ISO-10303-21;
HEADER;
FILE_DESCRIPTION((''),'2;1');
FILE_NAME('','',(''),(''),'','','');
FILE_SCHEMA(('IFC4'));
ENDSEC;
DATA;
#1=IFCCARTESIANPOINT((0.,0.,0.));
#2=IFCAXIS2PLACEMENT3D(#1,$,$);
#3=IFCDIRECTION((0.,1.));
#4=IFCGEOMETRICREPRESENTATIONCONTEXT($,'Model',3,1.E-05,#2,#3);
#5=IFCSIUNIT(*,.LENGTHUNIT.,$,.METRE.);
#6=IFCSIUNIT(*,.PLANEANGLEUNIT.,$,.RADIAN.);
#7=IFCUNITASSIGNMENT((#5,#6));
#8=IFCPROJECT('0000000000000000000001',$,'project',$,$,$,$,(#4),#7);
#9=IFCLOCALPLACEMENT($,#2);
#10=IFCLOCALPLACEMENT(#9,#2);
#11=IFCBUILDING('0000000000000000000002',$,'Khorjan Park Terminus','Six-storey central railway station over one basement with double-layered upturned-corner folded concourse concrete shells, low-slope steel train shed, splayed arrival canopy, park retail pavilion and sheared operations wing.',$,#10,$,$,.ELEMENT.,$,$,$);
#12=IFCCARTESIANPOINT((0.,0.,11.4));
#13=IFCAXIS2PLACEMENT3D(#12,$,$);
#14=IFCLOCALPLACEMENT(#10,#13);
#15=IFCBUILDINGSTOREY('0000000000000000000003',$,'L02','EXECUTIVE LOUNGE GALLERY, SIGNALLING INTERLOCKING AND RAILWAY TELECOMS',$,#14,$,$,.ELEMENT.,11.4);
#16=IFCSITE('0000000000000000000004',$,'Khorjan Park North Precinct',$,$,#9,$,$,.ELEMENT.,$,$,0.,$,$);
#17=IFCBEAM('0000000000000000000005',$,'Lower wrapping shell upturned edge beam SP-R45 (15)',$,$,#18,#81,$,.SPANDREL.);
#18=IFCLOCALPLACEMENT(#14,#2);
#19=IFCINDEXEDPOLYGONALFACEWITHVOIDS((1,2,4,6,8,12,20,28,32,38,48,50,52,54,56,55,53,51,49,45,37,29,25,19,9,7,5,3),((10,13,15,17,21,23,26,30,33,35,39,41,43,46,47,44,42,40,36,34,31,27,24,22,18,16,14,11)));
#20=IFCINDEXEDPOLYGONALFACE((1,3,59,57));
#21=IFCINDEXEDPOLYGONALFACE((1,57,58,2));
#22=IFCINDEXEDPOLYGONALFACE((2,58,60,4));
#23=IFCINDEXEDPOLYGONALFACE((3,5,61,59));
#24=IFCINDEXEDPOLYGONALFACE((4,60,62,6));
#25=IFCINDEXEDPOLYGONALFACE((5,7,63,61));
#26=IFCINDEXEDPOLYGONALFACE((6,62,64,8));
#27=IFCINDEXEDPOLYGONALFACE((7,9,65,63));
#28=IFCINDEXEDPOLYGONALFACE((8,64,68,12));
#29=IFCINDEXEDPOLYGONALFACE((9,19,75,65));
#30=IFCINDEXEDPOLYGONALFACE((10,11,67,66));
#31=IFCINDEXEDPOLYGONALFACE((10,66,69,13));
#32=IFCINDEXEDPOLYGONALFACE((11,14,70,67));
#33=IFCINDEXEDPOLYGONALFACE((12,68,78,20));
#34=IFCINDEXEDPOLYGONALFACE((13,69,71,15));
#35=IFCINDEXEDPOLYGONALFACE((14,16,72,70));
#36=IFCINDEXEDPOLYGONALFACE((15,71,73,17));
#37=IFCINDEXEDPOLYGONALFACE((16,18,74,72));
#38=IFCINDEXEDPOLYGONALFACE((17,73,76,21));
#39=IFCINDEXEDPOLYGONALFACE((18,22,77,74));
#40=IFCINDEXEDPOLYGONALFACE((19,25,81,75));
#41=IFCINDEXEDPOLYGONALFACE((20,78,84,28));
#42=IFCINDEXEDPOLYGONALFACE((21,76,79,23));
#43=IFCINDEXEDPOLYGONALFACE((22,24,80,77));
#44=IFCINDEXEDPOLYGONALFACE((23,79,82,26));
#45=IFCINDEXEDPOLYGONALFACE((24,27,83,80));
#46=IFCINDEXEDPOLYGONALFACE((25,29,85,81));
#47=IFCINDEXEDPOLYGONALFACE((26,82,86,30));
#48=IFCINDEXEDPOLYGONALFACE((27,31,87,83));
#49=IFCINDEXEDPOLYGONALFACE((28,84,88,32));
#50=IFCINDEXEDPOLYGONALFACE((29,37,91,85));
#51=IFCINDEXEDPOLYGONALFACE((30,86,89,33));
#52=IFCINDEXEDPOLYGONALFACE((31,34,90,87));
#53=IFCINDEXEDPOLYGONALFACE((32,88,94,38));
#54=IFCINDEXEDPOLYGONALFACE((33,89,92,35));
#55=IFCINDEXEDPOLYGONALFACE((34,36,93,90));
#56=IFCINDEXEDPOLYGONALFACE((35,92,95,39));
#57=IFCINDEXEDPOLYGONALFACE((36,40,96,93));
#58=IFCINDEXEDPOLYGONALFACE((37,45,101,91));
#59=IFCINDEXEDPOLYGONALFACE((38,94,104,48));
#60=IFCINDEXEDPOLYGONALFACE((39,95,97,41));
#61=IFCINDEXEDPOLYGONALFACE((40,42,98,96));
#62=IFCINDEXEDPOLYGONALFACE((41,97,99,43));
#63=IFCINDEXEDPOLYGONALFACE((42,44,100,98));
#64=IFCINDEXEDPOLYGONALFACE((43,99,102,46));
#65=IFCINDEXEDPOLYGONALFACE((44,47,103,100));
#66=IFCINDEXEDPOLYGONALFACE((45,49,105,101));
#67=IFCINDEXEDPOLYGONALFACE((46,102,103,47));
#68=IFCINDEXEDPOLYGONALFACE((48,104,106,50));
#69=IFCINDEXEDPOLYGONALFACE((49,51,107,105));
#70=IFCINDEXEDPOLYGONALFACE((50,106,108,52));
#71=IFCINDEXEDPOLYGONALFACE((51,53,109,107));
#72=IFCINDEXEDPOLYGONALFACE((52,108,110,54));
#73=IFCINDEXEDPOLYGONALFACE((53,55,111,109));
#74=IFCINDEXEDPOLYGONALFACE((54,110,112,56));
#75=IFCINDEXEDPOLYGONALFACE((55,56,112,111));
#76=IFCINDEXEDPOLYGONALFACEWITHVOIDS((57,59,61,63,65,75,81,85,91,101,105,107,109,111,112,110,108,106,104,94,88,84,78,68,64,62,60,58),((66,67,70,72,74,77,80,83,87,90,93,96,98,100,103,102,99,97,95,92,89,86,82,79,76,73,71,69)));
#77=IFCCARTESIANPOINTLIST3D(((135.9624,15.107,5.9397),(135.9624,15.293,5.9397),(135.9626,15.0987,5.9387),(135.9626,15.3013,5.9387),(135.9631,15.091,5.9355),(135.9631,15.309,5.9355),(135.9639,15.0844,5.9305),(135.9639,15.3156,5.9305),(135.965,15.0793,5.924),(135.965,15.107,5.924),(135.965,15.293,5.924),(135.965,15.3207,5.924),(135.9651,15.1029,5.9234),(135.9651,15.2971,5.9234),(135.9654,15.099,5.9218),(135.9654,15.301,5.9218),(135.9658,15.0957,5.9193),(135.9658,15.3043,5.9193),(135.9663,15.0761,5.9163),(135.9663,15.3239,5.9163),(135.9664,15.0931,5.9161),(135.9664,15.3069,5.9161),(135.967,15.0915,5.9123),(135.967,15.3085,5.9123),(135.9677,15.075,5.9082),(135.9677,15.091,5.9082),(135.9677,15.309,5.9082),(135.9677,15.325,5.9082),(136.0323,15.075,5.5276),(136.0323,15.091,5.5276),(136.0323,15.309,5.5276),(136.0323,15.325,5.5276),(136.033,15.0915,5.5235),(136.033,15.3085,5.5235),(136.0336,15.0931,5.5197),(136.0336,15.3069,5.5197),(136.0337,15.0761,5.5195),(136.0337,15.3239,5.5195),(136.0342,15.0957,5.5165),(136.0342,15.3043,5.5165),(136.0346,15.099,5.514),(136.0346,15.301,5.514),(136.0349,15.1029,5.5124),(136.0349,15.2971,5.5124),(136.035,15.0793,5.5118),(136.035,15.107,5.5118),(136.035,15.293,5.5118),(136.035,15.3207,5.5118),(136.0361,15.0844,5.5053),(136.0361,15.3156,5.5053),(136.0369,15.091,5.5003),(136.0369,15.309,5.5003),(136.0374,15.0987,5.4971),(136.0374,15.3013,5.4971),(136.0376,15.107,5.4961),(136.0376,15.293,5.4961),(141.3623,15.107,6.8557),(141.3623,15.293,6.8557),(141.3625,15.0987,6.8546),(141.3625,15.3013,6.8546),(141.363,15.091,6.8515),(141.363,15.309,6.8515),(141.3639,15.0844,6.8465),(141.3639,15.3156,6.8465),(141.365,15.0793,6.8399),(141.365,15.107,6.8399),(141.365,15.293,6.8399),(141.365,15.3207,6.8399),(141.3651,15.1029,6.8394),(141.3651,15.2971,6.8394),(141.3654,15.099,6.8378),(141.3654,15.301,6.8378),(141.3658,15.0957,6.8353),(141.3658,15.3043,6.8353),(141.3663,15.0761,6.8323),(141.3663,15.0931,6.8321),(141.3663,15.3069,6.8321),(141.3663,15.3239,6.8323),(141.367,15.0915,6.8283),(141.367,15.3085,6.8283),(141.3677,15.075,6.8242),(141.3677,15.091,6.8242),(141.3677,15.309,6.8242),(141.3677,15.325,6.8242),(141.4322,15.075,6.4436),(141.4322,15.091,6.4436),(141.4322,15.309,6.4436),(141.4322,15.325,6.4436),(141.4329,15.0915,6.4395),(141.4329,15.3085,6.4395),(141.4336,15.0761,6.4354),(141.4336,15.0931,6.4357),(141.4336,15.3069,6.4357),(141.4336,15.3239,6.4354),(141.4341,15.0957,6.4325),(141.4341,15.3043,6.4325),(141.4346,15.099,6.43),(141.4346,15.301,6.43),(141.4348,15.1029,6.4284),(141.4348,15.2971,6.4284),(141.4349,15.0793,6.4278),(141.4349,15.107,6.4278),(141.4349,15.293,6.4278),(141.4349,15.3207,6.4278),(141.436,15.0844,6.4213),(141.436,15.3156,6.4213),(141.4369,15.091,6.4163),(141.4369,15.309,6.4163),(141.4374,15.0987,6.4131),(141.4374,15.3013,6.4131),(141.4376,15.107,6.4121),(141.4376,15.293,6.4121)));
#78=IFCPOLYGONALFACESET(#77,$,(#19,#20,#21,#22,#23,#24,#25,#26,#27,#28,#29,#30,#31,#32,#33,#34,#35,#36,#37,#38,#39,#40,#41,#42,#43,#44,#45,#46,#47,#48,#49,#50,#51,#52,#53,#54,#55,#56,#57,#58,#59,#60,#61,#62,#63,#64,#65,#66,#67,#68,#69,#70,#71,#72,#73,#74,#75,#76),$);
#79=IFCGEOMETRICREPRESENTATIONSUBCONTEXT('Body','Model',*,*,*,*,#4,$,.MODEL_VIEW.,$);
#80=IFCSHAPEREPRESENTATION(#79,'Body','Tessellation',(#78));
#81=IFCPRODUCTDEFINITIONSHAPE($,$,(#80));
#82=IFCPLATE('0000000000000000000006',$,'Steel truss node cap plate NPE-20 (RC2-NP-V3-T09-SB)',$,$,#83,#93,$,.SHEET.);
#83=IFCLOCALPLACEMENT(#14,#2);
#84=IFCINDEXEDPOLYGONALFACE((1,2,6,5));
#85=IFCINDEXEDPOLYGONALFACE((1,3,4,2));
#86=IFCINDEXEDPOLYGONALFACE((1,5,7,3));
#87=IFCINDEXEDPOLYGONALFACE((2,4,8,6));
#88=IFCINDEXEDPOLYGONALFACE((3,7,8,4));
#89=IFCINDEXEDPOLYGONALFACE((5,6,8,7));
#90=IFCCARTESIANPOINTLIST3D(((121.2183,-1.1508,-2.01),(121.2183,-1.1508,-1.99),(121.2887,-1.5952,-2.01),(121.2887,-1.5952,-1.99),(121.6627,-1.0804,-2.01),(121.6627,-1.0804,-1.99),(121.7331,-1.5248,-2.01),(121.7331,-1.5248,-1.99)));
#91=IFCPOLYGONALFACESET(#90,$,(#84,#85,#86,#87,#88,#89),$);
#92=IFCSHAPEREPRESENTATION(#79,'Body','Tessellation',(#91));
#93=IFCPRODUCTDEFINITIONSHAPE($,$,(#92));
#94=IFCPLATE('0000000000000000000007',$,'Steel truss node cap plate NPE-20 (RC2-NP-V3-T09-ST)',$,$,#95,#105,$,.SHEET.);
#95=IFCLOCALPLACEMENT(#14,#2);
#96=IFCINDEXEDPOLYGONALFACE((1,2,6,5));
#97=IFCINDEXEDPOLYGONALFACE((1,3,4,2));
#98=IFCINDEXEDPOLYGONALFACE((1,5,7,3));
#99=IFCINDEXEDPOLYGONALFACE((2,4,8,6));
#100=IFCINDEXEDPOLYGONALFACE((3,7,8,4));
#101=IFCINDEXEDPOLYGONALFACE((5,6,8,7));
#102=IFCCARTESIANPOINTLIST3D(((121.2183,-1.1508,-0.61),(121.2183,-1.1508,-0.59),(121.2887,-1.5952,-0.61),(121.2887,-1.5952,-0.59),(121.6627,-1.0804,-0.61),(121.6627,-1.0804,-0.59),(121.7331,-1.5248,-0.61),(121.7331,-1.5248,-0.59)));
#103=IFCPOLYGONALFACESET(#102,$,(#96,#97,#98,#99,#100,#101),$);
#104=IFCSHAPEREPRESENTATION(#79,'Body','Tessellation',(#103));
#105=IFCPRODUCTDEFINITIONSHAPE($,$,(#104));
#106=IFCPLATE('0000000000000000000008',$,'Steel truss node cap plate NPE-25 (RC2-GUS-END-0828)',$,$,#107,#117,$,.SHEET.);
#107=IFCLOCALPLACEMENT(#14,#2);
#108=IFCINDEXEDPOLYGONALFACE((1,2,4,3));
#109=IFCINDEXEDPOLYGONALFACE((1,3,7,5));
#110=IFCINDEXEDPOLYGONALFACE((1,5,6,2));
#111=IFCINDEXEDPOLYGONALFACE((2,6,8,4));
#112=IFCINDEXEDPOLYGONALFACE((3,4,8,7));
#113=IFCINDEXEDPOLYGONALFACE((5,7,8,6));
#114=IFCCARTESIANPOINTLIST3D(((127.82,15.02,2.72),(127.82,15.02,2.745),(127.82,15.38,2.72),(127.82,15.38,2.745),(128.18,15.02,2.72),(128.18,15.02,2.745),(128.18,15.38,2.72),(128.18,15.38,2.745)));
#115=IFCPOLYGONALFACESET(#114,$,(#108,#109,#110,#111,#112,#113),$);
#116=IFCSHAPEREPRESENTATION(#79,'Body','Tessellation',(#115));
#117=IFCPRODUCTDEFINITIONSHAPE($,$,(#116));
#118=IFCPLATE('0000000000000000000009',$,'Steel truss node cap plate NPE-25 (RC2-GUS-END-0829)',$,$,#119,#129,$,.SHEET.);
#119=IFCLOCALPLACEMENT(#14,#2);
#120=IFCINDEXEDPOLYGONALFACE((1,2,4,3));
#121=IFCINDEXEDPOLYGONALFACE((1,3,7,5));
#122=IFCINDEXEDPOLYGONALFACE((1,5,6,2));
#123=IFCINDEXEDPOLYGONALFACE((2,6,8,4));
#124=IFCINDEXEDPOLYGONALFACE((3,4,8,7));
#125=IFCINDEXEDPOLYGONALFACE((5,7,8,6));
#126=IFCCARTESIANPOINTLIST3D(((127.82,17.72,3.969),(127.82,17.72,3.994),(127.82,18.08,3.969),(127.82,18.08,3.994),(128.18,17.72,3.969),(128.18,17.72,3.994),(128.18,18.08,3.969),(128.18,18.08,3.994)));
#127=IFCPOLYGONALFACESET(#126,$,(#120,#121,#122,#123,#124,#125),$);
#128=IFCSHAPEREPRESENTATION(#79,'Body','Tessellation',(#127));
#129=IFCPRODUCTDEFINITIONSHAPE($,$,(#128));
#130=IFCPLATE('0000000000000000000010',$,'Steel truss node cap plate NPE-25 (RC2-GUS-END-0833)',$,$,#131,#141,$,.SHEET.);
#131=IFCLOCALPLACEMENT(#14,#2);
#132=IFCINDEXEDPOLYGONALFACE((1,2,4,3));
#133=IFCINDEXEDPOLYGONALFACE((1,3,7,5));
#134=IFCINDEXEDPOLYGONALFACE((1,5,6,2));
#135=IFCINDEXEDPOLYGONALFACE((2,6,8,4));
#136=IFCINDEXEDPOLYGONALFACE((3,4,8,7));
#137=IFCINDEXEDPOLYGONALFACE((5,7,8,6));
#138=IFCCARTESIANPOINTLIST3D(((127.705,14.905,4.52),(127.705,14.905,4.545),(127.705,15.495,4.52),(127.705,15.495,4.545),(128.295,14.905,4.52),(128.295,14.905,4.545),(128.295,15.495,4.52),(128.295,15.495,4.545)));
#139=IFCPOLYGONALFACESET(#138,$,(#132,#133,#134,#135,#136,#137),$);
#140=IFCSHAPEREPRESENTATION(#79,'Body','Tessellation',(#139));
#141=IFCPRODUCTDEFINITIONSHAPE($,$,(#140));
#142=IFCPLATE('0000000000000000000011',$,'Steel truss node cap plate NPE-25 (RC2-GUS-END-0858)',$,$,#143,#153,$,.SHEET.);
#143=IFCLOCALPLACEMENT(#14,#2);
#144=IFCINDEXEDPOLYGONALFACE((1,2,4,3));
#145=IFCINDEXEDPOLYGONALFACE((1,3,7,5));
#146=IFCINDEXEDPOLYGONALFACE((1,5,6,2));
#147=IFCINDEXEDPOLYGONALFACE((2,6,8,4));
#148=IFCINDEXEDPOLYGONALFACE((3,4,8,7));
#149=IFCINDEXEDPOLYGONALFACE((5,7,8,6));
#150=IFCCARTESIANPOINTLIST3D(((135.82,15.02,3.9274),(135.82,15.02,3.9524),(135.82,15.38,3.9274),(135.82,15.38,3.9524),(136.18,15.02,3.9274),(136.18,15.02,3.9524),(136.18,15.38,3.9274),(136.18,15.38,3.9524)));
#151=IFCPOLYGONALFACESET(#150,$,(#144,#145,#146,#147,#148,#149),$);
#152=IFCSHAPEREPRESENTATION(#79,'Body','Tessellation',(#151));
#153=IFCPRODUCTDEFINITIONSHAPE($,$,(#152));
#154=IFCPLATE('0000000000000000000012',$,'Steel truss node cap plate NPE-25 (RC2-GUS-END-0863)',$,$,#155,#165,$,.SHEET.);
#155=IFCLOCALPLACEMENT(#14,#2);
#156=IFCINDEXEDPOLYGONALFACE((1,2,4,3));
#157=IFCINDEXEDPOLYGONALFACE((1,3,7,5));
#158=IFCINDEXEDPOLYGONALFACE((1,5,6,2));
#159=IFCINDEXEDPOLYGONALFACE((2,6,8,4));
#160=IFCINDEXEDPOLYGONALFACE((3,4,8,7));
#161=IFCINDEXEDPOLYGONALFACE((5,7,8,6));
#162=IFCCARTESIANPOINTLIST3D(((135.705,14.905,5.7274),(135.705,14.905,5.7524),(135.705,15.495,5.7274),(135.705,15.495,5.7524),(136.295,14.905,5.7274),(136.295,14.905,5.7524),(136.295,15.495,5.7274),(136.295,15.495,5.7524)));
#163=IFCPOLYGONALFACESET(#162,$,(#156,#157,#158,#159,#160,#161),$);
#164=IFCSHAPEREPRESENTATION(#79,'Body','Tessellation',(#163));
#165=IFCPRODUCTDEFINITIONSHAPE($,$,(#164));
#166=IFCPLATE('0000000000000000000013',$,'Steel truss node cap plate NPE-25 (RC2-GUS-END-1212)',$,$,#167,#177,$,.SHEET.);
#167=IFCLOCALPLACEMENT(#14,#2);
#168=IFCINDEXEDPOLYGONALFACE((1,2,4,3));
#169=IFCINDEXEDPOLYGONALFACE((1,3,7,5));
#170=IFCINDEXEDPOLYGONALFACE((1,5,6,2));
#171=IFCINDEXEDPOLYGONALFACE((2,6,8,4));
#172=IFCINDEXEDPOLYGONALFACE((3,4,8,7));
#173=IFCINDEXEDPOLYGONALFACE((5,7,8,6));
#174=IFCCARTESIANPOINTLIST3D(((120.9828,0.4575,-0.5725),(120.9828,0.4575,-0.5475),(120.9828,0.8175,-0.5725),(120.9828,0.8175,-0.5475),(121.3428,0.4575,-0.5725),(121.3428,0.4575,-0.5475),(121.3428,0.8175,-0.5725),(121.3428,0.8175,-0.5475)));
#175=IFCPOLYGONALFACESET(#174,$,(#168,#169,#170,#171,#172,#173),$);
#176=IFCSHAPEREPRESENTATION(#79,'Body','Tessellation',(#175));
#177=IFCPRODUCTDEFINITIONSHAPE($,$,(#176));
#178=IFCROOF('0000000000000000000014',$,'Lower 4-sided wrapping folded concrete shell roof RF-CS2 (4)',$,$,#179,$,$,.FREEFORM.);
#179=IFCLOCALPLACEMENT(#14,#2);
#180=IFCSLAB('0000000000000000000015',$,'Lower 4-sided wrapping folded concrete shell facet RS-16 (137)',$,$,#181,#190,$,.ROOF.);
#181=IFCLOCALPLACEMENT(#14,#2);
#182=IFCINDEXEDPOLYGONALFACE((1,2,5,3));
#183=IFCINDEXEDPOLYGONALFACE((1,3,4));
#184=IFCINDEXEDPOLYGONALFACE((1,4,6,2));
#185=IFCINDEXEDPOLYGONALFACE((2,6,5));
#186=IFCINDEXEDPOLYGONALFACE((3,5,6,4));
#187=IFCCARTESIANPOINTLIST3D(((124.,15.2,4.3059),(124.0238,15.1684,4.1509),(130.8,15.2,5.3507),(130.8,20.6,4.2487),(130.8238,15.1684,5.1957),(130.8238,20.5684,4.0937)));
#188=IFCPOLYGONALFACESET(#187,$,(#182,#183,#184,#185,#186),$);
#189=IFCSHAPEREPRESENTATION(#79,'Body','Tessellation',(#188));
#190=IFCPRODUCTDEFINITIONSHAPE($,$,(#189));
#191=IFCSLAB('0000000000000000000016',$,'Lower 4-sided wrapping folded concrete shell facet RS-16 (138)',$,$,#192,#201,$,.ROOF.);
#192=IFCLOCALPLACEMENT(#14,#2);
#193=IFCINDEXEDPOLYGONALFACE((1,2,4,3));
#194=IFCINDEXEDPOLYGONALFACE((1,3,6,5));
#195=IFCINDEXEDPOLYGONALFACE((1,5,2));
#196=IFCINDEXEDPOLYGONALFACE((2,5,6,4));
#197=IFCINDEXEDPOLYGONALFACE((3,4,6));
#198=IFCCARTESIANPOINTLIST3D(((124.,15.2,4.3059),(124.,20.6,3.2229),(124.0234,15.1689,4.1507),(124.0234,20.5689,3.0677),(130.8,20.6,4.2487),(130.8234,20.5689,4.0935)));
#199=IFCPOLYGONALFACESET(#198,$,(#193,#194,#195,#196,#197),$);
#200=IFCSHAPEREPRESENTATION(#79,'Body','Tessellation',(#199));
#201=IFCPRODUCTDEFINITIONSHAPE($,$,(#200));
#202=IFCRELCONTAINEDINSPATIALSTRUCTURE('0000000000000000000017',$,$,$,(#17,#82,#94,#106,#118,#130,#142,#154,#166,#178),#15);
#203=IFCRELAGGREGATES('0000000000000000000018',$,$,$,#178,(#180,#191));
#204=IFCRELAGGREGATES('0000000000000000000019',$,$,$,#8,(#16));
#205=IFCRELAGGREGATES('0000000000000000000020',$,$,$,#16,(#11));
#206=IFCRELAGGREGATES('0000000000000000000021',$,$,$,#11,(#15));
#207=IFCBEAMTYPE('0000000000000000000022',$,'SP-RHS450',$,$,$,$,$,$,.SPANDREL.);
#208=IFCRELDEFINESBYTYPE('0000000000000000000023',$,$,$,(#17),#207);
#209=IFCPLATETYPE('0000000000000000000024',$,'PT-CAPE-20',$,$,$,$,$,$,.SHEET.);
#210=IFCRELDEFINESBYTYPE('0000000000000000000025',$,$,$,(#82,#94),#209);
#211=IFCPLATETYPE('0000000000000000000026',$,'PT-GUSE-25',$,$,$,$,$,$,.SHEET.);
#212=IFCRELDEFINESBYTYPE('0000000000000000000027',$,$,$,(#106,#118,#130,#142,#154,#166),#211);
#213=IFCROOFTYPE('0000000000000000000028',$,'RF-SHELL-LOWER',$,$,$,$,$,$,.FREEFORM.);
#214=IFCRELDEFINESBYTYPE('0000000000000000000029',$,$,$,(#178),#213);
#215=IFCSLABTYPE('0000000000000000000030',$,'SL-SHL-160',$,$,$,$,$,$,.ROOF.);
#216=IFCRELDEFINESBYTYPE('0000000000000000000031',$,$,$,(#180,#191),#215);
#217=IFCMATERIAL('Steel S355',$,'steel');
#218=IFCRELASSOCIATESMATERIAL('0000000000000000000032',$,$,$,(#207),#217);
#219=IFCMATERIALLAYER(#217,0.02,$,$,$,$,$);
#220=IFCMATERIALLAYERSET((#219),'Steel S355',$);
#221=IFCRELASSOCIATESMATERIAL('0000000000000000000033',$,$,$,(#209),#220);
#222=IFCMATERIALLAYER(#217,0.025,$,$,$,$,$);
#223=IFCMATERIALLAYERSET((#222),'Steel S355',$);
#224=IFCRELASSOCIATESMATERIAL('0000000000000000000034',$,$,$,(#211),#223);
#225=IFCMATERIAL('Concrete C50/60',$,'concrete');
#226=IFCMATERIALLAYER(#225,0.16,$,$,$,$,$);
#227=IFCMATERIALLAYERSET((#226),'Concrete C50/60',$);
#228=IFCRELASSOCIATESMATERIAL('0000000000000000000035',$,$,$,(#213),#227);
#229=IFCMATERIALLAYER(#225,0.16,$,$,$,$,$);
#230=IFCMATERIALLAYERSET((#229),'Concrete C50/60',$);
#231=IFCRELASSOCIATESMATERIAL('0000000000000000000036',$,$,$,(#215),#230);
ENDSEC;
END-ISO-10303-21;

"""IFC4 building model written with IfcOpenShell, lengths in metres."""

from ifc_helpers import new_model, si_unit, direction, frame, origin, origin_2d, place, context, subcontext, project, spatial, polyline, rectangle, hollow_rectangle, outline, extrude, material, layer, layer_set, material_profile, profile_set, type_object, element, aggregate, save


model = new_model("IFC4")

# Units and contexts
model_context = context("Model", 3, precision=1e-05, world=origin(), true_north=direction((0.0, 1.0)))
body_context = subcontext(model_context, "Body", "Model", "MODEL_VIEW")
ifc_project = project(units=[si_unit("LENGTHUNIT", "METRE"), si_unit("PLANEANGLEUNIT", "RADIAN")], contexts=[model_context])

# Site, building, storey
site_placement = place(None, origin())
site = spatial("IfcSite", under=ifc_project, at=site_placement, Name="Khorjan Park North Precinct", CompositionType="ELEMENT", RefElevation=0.0)
building_placement = place(site_placement, origin())
building = spatial("IfcBuilding", under=site, at=building_placement, Name="Khorjan Park Terminus", Description="Six-storey central railway station over one basement with double-layered upturned-corner folded concourse concrete shells, low-slope steel train shed, splayed arrival canopy, park retail pavilion and sheared operations wing.", CompositionType="ELEMENT")
storey_placement = place(building_placement, frame((0.0, 0.0, 11.4)))
storey = spatial("IfcBuildingStorey", under=building, at=storey_placement, Name="L02", Description="EXECUTIVE LOUNGE GALLERY, SIGNALLING INTERLOCKING AND RAILWAY TELECOMS", CompositionType="ELEMENT", Elevation=11.4)

# Shared definitions
ifc_material_1 = material(Name="Steel S355", Category="steel")

# Beam
ifc_material_profile_1 = material_profile(ifc_material_1, hollow_rectangle(XDim=0.25, YDim=0.45, WallThickness=0.016, InnerFilletRadius=0.016, OuterFilletRadius=0.032, at=origin_2d()), Name="RHS 450x250x16")
ifc_profile_set_1 = profile_set([ifc_material_profile_1], Name="Steel S355")
beam_type = type_object("IfcBeamType", Name="SP-RHS450", PredefinedType="SPANDREL", material=ifc_profile_set_1)
beam_1_placement = place(storey_placement, frame((136.0, 15.2, 5.7179), z_axis=(0.985916, 0.0, 0.167241), x_axis=(0.0, 1.0, 0.0)))
element("IfcBeam", 1, at=beam_1_placement, inside=storey, type_object=beam_type, Name="Lower wrapping shell upturned edge beam SP-R45 (15)", PredefinedType="SPANDREL", context=body_context, shape_type="SweptSolid", body=[
    extrude(hollow_rectangle(XDim=0.25, YDim=0.45, WallThickness=0.016, InnerFilletRadius=0.016, OuterFilletRadius=0.032, at=origin_2d()), origin(), (0.0, 0.0, 1.0), 5.4771),
])

# Plates
ifc_layer_1 = layer(ifc_material_1, 0.02)
ifc_layer_set_1 = layer_set([ifc_layer_1], Name="Steel S355")
plate_type_1 = type_object("IfcPlateType", Name="PT-CAPE-20", PredefinedType="SHEET", material=ifc_layer_set_1)
for number, where, z_axis, x_axis, name in (
    (2, (121.4757, -1.3378, -2.01), (0.0, 0.0, 1.0), (0.987688, 0.156434, 0.0), "Steel truss node cap plate NPE-20 (RC2-NP-V3-T09-SB)"),
    (3, (121.4757, -1.3378, -0.61), (0.0, 0.0, 1.0), (0.987688, 0.156434, 0.0), "Steel truss node cap plate NPE-20 (RC2-NP-V3-T09-ST)"),
):
    element("IfcPlate", number, at=place(storey_placement, frame(where, z_axis=z_axis, x_axis=x_axis)), inside=storey, type_object=plate_type_1, Name=name, PredefinedType="SHEET", context=body_context, shape_type="SweptSolid", body=[
        extrude(rectangle(XDim=0.45, YDim=0.45, at=origin_2d()), origin(), (0.0, 0.0, 1.0), 0.02),
    ])
ifc_layer_2 = layer(ifc_material_1, 0.025)
ifc_layer_set_2 = layer_set([ifc_layer_2], Name="Steel S355")
plate_type_2 = type_object("IfcPlateType", Name="PT-GUSE-25", PredefinedType="SHEET", material=ifc_layer_set_2)
for number, where, z_axis, x_axis, name in (
    (4, (128.0, 15.2, 2.72), (0.0, 0.0, 1.0), (1.0, 0.0, 0.0), "Steel truss node cap plate NPE-25 (RC2-GUS-END-0828)"),
    (5, (128.0, 17.9, 3.969), (0.0, 0.0, 1.0), (1.0, 0.0, 0.0), "Steel truss node cap plate NPE-25 (RC2-GUS-END-0829)"),
):
    element("IfcPlate", number, at=place(storey_placement, frame(where, z_axis=z_axis, x_axis=x_axis)), inside=storey, type_object=plate_type_2, Name=name, PredefinedType="SHEET", context=body_context, shape_type="SweptSolid", body=[
        extrude(rectangle(XDim=0.36, YDim=0.36, at=origin_2d()), origin(), (0.0, 0.0, 1.0), 0.025),
    ])
plate_1_placement = place(storey_placement, frame((128.0, 15.2, 4.52), z_axis=(0.0, 0.0, 1.0), x_axis=(1.0, 0.0, 0.0)))
element("IfcPlate", 6, at=plate_1_placement, inside=storey, type_object=plate_type_2, Name="Steel truss node cap plate NPE-25 (RC2-GUS-END-0833)", PredefinedType="SHEET", context=body_context, shape_type="SweptSolid", body=[
    extrude(rectangle(XDim=0.59, YDim=0.59, at=origin_2d()), origin(), (0.0, 0.0, 1.0), 0.025),
])
plate_2_placement = place(storey_placement, frame((136.0, 15.2, 3.9274), z_axis=(0.0, 0.0, 1.0), x_axis=(1.0, 0.0, 0.0)))
element("IfcPlate", 7, at=plate_2_placement, inside=storey, type_object=plate_type_2, Name="Steel truss node cap plate NPE-25 (RC2-GUS-END-0858)", PredefinedType="SHEET", context=body_context, shape_type="SweptSolid", body=[
    extrude(rectangle(XDim=0.36, YDim=0.36, at=origin_2d()), origin(), (0.0, 0.0, 1.0), 0.025),
])
plate_3_placement = place(storey_placement, frame((136.0, 15.2, 5.7274), z_axis=(0.0, 0.0, 1.0), x_axis=(1.0, 0.0, 0.0)))
element("IfcPlate", 8, at=plate_3_placement, inside=storey, type_object=plate_type_2, Name="Steel truss node cap plate NPE-25 (RC2-GUS-END-0863)", PredefinedType="SHEET", context=body_context, shape_type="SweptSolid", body=[
    extrude(rectangle(XDim=0.59, YDim=0.59, at=origin_2d()), origin(), (0.0, 0.0, 1.0), 0.025),
])
plate_4_placement = place(storey_placement, frame((121.1628, 0.6375, -0.5725), z_axis=(0.0, 0.0, 1.0), x_axis=(1.0, 0.0, 0.0)))
element("IfcPlate", 9, at=plate_4_placement, inside=storey, type_object=plate_type_2, Name="Steel truss node cap plate NPE-25 (RC2-GUS-END-1212)", PredefinedType="SHEET", context=body_context, shape_type="SweptSolid", body=[
    extrude(rectangle(XDim=0.36, YDim=0.36, at=origin_2d()), origin(), (0.0, 0.0, 1.0), 0.025),
])

# Roof, slabs
ifc_material_2 = material(Name="Concrete C50/60", Category="concrete")
ifc_layer_3 = layer(ifc_material_2, 0.16)
ifc_layer_set_3 = layer_set([ifc_layer_3], Name="Concrete C50/60")
roof_type = type_object("IfcRoofType", Name="RF-SHELL-LOWER", PredefinedType="FREEFORM", material=ifc_layer_set_3)
roof_placement = place(storey_placement, origin())
roof = element("IfcRoof", 10, at=roof_placement, inside=storey, type_object=roof_type, Name="Lower 4-sided wrapping folded concrete shell roof RF-CS2 (4)", PredefinedType="FREEFORM")
ifc_layer_4 = layer(ifc_material_2, 0.16)
ifc_layer_set_4 = layer_set([ifc_layer_4], Name="Concrete C50/60")
slab_type = type_object("IfcSlabType", Name="SL-SHL-160", PredefinedType="ROOF", material=ifc_layer_set_4)
slab_1_placement = place(storey_placement, frame((124.0, 15.2, 4.3059), z_axis=(-0.148867, 0.197725, 0.968888), x_axis=(0.988401, 0.0, 0.151865)))
slab_1 = element("IfcSlab", 11, at=slab_1_placement, type_object=slab_type, Name="Lower 4-sided wrapping folded concrete shell facet RS-16 (137)", PredefinedType="ROOF", context=body_context, shape_type="SweptSolid", body=[
    extrude(outline(polyline([(0.0, 0.0), (6.8798, 0.0), (6.7124, 5.5088), (0.0, 0.0)])), origin(), (0.0, 0.0, -1.0), 0.16),
])
slab_2_placement = place(storey_placement, frame((124.0, 15.2, 4.3059), z_axis=(-0.146316, 0.194524, 0.969924), x_axis=(0.783094, 0.621869, -0.006587)))
slab_2 = element("IfcSlab", 12, at=slab_2_placement, type_object=slab_type, Name="Lower 4-sided wrapping folded concrete shell facet RS-16 (138)", PredefinedType="ROOF", context=body_context, shape_type="SweptSolid", body=[
    extrude(outline(polyline([(0.0, 0.0), (8.6835, 0.0), (3.3652, 4.3598), (0.0, 0.0)])), origin(), (0.0, 0.0, -1.0), 0.16),
])
aggregate(roof, [slab_1, slab_2])

save(model, "model.ifc")
